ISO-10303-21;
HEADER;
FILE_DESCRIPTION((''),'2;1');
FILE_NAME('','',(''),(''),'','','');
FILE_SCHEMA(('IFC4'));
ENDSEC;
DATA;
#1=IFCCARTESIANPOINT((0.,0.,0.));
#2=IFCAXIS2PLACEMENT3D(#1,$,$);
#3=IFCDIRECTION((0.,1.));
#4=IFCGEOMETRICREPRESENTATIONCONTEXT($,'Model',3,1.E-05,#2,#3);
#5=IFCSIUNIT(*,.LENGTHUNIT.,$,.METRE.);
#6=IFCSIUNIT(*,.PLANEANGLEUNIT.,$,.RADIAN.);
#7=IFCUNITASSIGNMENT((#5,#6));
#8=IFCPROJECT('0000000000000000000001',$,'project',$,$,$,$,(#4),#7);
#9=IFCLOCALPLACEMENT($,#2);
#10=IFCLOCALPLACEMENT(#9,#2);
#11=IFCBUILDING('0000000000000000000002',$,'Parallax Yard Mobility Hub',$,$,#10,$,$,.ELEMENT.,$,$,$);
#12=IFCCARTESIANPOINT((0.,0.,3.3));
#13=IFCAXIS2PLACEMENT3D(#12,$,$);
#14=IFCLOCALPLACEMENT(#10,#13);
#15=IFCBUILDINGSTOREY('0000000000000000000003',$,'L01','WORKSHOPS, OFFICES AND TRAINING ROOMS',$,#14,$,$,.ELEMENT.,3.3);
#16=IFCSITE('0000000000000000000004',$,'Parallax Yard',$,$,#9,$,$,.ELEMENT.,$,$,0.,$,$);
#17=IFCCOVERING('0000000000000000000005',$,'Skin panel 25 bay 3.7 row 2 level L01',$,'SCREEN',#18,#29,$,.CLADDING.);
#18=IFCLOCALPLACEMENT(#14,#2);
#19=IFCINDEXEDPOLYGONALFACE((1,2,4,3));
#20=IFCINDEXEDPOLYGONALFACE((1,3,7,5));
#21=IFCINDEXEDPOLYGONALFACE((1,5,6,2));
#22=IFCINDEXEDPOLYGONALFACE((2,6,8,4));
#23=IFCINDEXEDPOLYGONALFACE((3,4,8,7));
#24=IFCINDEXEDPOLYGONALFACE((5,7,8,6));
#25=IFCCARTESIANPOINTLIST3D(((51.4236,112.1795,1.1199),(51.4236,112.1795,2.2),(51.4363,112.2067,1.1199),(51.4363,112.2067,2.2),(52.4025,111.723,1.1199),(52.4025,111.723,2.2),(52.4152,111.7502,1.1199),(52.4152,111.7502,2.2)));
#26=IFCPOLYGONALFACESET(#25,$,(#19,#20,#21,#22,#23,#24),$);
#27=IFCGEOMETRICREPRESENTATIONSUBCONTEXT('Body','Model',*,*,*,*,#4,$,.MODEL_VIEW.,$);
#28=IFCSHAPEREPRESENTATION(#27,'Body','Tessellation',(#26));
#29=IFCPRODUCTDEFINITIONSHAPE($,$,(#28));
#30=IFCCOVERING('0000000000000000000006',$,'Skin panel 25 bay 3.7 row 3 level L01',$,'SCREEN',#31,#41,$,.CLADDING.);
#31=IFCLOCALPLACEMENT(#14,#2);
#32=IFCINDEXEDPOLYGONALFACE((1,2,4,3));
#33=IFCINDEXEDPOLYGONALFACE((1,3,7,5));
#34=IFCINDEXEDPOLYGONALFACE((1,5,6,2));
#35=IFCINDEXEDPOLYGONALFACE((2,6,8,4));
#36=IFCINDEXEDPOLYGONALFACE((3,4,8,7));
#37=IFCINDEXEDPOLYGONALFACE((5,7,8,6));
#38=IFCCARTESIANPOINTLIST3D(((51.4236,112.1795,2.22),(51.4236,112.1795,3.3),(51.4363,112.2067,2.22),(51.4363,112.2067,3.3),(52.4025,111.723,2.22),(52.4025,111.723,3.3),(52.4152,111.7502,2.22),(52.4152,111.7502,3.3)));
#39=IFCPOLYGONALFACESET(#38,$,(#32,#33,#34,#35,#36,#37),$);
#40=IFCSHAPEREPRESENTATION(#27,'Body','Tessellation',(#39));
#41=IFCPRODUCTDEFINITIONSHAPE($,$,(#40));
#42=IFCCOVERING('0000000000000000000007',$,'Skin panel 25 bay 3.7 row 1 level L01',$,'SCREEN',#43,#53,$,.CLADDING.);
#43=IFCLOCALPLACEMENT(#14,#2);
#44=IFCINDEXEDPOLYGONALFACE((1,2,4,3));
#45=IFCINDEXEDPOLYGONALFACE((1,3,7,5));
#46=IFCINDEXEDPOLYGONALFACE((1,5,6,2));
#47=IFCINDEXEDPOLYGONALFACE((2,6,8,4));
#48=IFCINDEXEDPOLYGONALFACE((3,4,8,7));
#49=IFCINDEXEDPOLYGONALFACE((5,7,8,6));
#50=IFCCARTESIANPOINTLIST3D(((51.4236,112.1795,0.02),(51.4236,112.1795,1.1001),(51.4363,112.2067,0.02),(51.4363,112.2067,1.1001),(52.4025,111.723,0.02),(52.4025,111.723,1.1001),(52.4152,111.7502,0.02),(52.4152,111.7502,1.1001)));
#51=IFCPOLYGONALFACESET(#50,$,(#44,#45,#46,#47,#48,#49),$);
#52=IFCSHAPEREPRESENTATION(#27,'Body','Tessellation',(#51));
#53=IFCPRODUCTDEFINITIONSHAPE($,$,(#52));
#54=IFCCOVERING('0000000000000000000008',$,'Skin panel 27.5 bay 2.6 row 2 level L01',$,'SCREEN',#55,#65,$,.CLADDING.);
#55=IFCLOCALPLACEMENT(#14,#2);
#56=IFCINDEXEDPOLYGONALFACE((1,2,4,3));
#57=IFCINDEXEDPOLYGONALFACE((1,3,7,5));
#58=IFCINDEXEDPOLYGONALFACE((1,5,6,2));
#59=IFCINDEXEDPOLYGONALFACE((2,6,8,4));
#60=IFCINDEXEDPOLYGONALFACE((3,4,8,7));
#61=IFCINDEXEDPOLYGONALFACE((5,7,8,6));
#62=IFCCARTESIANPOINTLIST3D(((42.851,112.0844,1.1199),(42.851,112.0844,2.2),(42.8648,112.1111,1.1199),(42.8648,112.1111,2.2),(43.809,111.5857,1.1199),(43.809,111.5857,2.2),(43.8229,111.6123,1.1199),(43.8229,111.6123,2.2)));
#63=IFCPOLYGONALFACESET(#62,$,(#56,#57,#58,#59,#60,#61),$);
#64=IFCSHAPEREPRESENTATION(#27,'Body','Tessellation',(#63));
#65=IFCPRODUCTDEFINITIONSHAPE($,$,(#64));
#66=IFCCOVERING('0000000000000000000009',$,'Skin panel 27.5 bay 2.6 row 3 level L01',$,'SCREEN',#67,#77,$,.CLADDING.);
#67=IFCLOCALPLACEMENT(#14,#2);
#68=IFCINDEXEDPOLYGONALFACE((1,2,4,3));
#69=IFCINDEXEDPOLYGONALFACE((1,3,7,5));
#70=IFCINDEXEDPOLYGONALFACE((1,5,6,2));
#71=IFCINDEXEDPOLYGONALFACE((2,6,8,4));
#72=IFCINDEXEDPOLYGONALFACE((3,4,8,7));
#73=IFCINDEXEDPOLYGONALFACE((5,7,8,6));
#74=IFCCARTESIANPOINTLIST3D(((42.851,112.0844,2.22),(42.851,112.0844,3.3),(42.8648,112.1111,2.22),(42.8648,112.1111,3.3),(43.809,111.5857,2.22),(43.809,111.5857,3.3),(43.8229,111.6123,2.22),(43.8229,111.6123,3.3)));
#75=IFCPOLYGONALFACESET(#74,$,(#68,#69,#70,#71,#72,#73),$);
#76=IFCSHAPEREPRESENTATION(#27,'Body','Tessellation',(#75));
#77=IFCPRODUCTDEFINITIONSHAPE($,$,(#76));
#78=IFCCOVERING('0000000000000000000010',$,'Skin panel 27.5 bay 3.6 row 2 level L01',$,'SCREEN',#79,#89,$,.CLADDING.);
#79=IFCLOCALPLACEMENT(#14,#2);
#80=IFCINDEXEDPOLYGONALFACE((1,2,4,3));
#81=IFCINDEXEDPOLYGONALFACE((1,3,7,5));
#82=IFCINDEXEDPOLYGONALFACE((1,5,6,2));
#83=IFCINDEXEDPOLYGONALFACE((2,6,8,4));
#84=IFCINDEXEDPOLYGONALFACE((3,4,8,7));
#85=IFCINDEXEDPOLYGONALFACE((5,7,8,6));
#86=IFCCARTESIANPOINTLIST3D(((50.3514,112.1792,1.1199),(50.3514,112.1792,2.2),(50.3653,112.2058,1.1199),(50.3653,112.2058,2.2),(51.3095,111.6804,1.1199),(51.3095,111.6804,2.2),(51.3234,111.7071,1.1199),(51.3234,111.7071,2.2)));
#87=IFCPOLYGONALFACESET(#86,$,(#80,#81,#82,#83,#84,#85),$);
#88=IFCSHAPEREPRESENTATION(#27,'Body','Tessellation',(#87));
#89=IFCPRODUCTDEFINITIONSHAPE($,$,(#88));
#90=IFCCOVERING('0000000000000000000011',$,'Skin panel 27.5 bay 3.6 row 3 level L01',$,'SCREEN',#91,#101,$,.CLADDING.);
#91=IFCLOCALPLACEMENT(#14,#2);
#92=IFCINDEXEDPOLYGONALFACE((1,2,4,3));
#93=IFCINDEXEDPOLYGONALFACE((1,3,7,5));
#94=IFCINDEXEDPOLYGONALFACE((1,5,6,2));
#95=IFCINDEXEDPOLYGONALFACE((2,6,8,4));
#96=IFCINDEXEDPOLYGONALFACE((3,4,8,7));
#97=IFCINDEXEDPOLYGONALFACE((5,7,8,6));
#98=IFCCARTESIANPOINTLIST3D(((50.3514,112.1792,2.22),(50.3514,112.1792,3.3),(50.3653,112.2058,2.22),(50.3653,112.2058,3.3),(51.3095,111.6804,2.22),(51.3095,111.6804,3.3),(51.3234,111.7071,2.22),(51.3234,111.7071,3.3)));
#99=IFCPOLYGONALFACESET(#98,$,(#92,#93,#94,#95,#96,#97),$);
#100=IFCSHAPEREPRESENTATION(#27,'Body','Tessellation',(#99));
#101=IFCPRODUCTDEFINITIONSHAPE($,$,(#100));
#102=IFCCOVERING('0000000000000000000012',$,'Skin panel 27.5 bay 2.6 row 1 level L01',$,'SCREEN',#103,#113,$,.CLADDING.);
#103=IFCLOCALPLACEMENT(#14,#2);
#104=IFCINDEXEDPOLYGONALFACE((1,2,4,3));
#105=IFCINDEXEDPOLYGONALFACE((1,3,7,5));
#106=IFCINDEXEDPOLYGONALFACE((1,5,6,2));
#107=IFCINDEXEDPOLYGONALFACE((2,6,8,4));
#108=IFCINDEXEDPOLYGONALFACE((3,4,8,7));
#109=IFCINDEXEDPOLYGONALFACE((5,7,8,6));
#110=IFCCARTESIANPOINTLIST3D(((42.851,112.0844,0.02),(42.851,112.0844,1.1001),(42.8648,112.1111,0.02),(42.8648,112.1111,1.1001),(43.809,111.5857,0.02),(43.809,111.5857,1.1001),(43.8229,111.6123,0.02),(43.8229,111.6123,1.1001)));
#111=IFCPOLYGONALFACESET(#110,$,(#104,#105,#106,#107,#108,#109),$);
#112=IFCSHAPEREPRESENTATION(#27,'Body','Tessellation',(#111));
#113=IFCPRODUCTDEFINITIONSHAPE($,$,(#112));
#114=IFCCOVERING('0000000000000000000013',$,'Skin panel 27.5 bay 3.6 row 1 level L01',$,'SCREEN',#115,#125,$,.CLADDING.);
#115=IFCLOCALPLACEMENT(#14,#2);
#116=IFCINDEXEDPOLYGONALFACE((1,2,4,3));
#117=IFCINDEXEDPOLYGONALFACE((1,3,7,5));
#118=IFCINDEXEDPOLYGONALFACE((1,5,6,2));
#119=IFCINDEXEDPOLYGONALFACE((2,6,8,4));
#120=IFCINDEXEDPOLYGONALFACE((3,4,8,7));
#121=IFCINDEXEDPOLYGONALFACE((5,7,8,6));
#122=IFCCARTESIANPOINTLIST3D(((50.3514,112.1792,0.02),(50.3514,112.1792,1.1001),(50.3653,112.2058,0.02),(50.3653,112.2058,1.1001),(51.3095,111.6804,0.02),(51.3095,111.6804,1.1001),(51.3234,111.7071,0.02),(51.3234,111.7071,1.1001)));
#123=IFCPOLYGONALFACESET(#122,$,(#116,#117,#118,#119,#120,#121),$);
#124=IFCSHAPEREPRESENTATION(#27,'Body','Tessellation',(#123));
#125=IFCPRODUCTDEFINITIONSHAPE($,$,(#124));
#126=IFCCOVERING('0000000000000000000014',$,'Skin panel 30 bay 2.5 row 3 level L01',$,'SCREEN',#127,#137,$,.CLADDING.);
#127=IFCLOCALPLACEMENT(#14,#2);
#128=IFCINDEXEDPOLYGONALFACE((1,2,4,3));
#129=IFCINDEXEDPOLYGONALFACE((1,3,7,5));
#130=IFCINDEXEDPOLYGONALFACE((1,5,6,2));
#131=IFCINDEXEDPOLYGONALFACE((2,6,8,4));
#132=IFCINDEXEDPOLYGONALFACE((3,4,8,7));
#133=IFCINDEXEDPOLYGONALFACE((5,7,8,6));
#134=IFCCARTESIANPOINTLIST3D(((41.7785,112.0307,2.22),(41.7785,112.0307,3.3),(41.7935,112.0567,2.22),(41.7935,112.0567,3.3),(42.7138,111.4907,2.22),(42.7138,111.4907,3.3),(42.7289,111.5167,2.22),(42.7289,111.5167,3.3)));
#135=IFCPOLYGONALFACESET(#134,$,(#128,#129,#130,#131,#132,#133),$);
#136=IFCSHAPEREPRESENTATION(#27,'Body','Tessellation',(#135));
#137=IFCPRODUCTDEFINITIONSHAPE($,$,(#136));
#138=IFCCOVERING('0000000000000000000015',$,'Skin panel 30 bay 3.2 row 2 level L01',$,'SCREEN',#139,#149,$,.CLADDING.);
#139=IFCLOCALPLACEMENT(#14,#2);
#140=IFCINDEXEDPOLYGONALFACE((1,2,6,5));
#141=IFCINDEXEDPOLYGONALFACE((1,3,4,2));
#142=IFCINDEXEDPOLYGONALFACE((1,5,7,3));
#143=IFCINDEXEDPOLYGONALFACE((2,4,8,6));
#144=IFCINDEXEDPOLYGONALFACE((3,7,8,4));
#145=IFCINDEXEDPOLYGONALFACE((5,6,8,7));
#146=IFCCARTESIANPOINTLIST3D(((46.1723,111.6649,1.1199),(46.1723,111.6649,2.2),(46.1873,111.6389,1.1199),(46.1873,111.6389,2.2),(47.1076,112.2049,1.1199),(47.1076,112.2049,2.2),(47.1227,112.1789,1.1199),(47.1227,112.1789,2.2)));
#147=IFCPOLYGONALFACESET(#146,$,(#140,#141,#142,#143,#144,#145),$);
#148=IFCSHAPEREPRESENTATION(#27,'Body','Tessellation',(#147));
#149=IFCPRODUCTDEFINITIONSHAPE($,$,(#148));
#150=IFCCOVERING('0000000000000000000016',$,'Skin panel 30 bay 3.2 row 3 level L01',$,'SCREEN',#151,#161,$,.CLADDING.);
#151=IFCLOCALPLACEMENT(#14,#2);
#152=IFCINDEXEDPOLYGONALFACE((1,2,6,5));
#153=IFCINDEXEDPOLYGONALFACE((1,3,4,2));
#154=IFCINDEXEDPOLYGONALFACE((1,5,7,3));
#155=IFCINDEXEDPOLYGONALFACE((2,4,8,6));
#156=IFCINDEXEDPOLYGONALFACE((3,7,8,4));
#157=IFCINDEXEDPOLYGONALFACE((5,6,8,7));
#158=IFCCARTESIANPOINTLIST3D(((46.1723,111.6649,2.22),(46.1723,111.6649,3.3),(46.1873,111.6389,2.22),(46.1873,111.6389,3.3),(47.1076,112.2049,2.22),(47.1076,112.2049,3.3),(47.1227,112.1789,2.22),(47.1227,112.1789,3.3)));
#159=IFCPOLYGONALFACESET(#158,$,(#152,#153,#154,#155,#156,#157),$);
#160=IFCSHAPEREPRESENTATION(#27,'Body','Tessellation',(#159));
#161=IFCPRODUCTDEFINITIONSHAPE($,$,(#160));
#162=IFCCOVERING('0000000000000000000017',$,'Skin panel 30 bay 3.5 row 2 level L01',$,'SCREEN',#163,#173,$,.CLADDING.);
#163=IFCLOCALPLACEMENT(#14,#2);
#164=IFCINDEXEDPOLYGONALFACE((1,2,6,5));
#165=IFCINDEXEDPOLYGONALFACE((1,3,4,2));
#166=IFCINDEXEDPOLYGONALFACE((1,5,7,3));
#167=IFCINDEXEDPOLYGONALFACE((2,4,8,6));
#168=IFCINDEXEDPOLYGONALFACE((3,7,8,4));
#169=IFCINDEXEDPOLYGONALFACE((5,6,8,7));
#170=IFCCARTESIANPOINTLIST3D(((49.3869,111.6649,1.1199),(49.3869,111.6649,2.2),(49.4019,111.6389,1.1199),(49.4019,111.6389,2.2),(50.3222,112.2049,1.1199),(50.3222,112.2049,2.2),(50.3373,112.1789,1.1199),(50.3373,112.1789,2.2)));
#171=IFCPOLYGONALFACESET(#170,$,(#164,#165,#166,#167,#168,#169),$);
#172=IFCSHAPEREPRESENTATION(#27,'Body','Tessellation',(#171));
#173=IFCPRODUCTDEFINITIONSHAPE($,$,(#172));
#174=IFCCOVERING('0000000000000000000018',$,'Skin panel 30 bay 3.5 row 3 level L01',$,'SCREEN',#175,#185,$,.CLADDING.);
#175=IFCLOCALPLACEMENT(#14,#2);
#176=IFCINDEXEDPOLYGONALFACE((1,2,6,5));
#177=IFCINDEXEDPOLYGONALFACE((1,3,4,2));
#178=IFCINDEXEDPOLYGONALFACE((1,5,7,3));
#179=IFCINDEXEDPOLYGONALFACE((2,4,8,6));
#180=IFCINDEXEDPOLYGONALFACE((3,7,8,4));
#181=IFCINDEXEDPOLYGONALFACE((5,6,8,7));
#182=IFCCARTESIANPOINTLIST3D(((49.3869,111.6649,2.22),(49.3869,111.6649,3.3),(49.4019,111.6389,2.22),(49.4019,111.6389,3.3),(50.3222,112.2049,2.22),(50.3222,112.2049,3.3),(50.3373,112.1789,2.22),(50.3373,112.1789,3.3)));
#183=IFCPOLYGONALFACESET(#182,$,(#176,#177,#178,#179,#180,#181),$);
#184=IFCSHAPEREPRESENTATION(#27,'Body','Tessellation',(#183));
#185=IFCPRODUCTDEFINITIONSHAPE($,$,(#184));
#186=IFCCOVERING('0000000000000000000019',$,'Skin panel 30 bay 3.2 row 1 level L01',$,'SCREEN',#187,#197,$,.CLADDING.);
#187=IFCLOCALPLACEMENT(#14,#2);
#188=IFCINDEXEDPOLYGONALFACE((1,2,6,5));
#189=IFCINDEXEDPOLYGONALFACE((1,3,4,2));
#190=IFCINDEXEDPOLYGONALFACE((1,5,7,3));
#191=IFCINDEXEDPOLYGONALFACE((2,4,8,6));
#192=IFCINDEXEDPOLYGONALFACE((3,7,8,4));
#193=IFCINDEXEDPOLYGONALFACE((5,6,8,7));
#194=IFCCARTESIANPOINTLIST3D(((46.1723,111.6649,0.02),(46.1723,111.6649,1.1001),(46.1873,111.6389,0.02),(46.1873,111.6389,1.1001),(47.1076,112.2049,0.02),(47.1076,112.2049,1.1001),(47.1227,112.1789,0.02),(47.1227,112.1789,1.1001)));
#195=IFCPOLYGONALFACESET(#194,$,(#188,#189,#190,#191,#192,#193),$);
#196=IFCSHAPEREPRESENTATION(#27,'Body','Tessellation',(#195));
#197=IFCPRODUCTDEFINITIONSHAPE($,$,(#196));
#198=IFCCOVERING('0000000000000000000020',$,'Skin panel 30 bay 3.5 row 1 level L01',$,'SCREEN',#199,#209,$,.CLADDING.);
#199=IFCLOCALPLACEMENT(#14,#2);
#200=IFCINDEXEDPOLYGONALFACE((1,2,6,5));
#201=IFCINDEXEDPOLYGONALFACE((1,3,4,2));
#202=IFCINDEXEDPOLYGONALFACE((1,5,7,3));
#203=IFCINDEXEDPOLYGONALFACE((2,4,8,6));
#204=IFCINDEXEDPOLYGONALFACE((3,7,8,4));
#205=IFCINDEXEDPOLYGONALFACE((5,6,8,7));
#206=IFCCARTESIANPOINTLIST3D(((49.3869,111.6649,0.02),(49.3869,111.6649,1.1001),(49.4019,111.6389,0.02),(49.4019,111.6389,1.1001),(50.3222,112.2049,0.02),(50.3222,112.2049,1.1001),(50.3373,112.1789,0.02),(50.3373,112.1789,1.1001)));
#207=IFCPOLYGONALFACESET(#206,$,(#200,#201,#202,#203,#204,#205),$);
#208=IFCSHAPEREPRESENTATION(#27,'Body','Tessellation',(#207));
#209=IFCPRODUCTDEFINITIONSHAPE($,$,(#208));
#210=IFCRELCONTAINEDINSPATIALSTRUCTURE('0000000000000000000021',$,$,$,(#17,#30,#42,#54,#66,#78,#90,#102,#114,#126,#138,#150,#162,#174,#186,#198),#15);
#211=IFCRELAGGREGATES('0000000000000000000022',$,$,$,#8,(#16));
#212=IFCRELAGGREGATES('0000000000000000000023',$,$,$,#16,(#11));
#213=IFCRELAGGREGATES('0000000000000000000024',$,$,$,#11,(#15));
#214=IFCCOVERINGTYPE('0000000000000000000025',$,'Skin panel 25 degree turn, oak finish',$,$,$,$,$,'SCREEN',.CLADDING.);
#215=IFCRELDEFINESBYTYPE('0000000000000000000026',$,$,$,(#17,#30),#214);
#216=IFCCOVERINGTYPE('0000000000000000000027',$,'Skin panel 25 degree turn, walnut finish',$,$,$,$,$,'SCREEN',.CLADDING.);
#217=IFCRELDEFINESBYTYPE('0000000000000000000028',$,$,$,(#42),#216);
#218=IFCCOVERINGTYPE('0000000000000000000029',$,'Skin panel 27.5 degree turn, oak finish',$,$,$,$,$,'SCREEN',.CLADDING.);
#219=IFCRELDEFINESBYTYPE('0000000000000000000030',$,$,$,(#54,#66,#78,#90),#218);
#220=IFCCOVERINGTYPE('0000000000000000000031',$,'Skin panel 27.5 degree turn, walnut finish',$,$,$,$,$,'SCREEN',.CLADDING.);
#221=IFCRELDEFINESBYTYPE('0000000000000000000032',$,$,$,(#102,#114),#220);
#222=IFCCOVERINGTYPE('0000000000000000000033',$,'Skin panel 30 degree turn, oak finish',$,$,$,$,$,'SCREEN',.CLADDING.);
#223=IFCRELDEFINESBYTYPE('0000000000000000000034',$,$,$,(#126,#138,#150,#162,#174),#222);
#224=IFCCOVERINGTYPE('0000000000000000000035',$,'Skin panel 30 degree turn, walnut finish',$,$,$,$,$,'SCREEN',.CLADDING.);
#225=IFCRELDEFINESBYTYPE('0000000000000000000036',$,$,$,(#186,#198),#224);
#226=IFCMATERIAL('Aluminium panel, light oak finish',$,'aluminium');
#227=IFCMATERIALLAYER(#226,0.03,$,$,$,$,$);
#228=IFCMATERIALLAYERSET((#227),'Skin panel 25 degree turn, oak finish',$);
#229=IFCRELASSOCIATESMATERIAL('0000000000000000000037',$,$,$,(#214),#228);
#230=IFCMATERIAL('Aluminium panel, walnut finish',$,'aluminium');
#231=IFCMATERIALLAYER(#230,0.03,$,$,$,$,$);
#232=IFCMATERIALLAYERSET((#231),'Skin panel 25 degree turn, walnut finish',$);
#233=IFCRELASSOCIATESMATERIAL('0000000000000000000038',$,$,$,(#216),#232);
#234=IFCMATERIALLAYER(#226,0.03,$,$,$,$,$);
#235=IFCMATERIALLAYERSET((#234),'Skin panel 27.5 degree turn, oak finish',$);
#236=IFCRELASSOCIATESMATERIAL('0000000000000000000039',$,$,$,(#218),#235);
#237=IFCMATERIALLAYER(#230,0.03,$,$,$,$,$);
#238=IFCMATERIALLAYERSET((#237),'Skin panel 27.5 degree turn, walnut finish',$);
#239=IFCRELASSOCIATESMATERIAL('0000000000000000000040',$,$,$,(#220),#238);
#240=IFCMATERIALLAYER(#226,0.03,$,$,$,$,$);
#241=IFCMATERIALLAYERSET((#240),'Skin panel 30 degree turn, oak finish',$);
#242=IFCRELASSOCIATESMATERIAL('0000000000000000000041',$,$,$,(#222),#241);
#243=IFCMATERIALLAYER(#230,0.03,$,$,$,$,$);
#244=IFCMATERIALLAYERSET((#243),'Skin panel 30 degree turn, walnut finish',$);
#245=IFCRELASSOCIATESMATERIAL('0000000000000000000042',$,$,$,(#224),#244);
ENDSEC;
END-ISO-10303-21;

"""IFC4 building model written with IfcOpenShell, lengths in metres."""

from ifc_helpers import new_model, si_unit, direction, frame, origin, origin_2d, place, context, subcontext, project, spatial, rectangle, extrude, material, layer, layer_set, type_object, element, save


model = new_model("IFC4")

# Units and contexts
model_context = context("Model", 3, precision=1e-05, world=origin(), true_north=direction((0.0, 1.0)))
body_context = subcontext(model_context, "Body", "Model", "MODEL_VIEW")
ifc_project = project(units=[si_unit("LENGTHUNIT", "METRE"), si_unit("PLANEANGLEUNIT", "RADIAN")], contexts=[model_context])

# Site, building, storey
site_placement = place(None, origin())
site = spatial("IfcSite", under=ifc_project, at=site_placement, Name="Parallax Yard", CompositionType="ELEMENT", RefElevation=0.0)
building_placement = place(site_placement, origin())
building = spatial("IfcBuilding", under=site, at=building_placement, Name="Parallax Yard Mobility Hub", CompositionType="ELEMENT")
storey_placement = place(building_placement, frame((0.0, 0.0, 3.3)))
storey = spatial("IfcBuildingStorey", under=building, at=storey_placement, Name="L01", Description="WORKSHOPS, OFFICES AND TRAINING ROOMS", CompositionType="ELEMENT", Elevation=3.3)

# Coverings
ifc_material_1 = material(Name="Aluminium panel, light oak finish", Category="aluminium")
ifc_layer_1 = layer(ifc_material_1, 0.03)
ifc_layer_set_1 = layer_set([ifc_layer_1], Name="Skin panel 25 degree turn, oak finish")
covering_type_1 = type_object("IfcCoveringType", Name="Skin panel 25 degree turn, oak finish", ElementType="SCREEN", PredefinedType="CLADDING", material=ifc_layer_set_1)
for number, where, z_axis, x_axis, name in (
    (1, (51.9194, 111.9648, 1.1199), (0.0, 0.0, 1.0), (0.906308, -0.422618, 0.0), "Skin panel 25 bay 3.7 row 2 level L01"),
    (2, (51.9194, 111.9648, 2.22), (0.0, 0.0, 1.0), (0.906308, -0.422618, 0.0), "Skin panel 25 bay 3.7 row 3 level L01"),
):
    element("IfcCovering", number, at=place(storey_placement, frame(where, z_axis=z_axis, x_axis=x_axis)), inside=storey, type_object=covering_type_1, Name=name, ObjectType="SCREEN", PredefinedType="CLADDING", context=body_context, shape_type="SweptSolid", body=[
        extrude(rectangle(XDim=1.0801, YDim=0.03, at=origin_2d()), origin(), (0.0, 0.0, 1.0), 1.0801),
    ])
ifc_material_2 = material(Name="Aluminium panel, walnut finish", Category="aluminium")
ifc_layer_2 = layer(ifc_material_2, 0.03)
ifc_layer_set_2 = layer_set([ifc_layer_2], Name="Skin panel 25 degree turn, walnut finish")
covering_type_2 = type_object("IfcCoveringType", Name="Skin panel 25 degree turn, walnut finish", ElementType="SCREEN", PredefinedType="CLADDING", material=ifc_layer_set_2)
covering_1_placement = place(storey_placement, frame((51.9194, 111.9648, 0.02), z_axis=(0.0, 0.0, 1.0), x_axis=(0.906308, -0.422618, 0.0)))
element("IfcCovering", 3, at=covering_1_placement, inside=storey, type_object=covering_type_2, Name="Skin panel 25 bay 3.7 row 1 level L01", ObjectType="SCREEN", PredefinedType="CLADDING", context=body_context, shape_type="SweptSolid", body=[
    extrude(rectangle(XDim=1.0801, YDim=0.03, at=origin_2d()), origin(), (0.0, 0.0, 1.0), 1.0801),
])
ifc_layer_3 = layer(ifc_material_1, 0.03)
ifc_layer_set_3 = layer_set([ifc_layer_3], Name="Skin panel 27.5 degree turn, oak finish")
covering_type_3 = type_object("IfcCoveringType", Name="Skin panel 27.5 degree turn, oak finish", ElementType="SCREEN", PredefinedType="CLADDING", material=ifc_layer_set_3)
for number, where, z_axis, x_axis, name in (
    (4, (43.3369, 111.8484, 1.1199), (0.0, 0.0, 1.0), (0.887011, -0.461749, 0.0), "Skin panel 27.5 bay 2.6 row 2 level L01"),
    (5, (43.3369, 111.8484, 2.22), (0.0, 0.0, 1.0), (0.887011, -0.461749, 0.0), "Skin panel 27.5 bay 2.6 row 3 level L01"),
    (6, (50.8374, 111.9431, 1.1199), (0.0, 0.0, 1.0), (0.887011, -0.461749, 0.0), "Skin panel 27.5 bay 3.6 row 2 level L01"),
    (7, (50.8374, 111.9431, 2.22), (0.0, 0.0, 1.0), (0.887011, -0.461749, 0.0), "Skin panel 27.5 bay 3.6 row 3 level L01"),
):
    element("IfcCovering", number, at=place(storey_placement, frame(where, z_axis=z_axis, x_axis=x_axis)), inside=storey, type_object=covering_type_3, Name=name, ObjectType="SCREEN", PredefinedType="CLADDING", context=body_context, shape_type="SweptSolid", body=[
        extrude(rectangle(XDim=1.0801, YDim=0.03, at=origin_2d()), origin(), (0.0, 0.0, 1.0), 1.0801),
    ])
ifc_layer_4 = layer(ifc_material_2, 0.03)
ifc_layer_set_4 = layer_set([ifc_layer_4], Name="Skin panel 27.5 degree turn, walnut finish")
covering_type_4 = type_object("IfcCoveringType", Name="Skin panel 27.5 degree turn, walnut finish", ElementType="SCREEN", PredefinedType="CLADDING", material=ifc_layer_set_4)
for number, where, z_axis, x_axis, name in (
    (8, (43.3369, 111.8484, 0.02), (0.0, 0.0, 1.0), (0.887011, -0.461749, 0.0), "Skin panel 27.5 bay 2.6 row 1 level L01"),
    (9, (50.8374, 111.9431, 0.02), (0.0, 0.0, 1.0), (0.887011, -0.461749, 0.0), "Skin panel 27.5 bay 3.6 row 1 level L01"),
):
    element("IfcCovering", number, at=place(storey_placement, frame(where, z_axis=z_axis, x_axis=x_axis)), inside=storey, type_object=covering_type_4, Name=name, ObjectType="SCREEN", PredefinedType="CLADDING", context=body_context, shape_type="SweptSolid", body=[
        extrude(rectangle(XDim=1.0801, YDim=0.03, at=origin_2d()), origin(), (0.0, 0.0, 1.0), 1.0801),
    ])
ifc_layer_5 = layer(ifc_material_1, 0.03)
ifc_layer_set_5 = layer_set([ifc_layer_5], Name="Skin panel 30 degree turn, oak finish")
covering_type_5 = type_object("IfcCoveringType", Name="Skin panel 30 degree turn, oak finish", ElementType="SCREEN", PredefinedType="CLADDING", material=ifc_layer_set_5)
for number, where, z_axis, x_axis, name in (
    (10, (42.2537, 111.7737, 2.22), (0.0, 0.0, 1.0), (0.866025, -0.5, 0.0), "Skin panel 30 bay 2.5 row 3 level L01"),
    (11, (46.6475, 111.9219, 1.1199), (0.0, 0.0, 1.0), (-0.866025, -0.5, 0.0), "Skin panel 30 bay 3.2 row 2 level L01"),
    (12, (46.6475, 111.9219, 2.22), (0.0, 0.0, 1.0), (-0.866025, -0.5, 0.0), "Skin panel 30 bay 3.2 row 3 level L01"),
    (13, (49.8621, 111.9219, 1.1199), (0.0, 0.0, 1.0), (-0.866025, -0.5, 0.0), "Skin panel 30 bay 3.5 row 2 level L01"),
    (14, (49.8621, 111.9219, 2.22), (0.0, 0.0, 1.0), (-0.866025, -0.5, 0.0), "Skin panel 30 bay 3.5 row 3 level L01"),
):
    element("IfcCovering", number, at=place(storey_placement, frame(where, z_axis=z_axis, x_axis=x_axis)), inside=storey, type_object=covering_type_5, Name=name, ObjectType="SCREEN", PredefinedType="CLADDING", context=body_context, shape_type="SweptSolid", body=[
        extrude(rectangle(XDim=1.0801, YDim=0.03, at=origin_2d()), origin(), (0.0, 0.0, 1.0), 1.0801),
    ])
ifc_layer_6 = layer(ifc_material_2, 0.03)
ifc_layer_set_6 = layer_set([ifc_layer_6], Name="Skin panel 30 degree turn, walnut finish")
covering_type_6 = type_object("IfcCoveringType", Name="Skin panel 30 degree turn, walnut finish", ElementType="SCREEN", PredefinedType="CLADDING", material=ifc_layer_set_6)
for number, where, z_axis, x_axis, name in (
    (15, (46.6475, 111.9219, 0.02), (0.0, 0.0, 1.0), (-0.866025, -0.5, 0.0), "Skin panel 30 bay 3.2 row 1 level L01"),
    (16, (49.8621, 111.9219, 0.02), (0.0, 0.0, 1.0), (-0.866025, -0.5, 0.0), "Skin panel 30 bay 3.5 row 1 level L01"),
):
    element("IfcCovering", number, at=place(storey_placement, frame(where, z_axis=z_axis, x_axis=x_axis)), inside=storey, type_object=covering_type_6, Name=name, ObjectType="SCREEN", PredefinedType="CLADDING", context=body_context, shape_type="SweptSolid", body=[
        extrude(rectangle(XDim=1.0801, YDim=0.03, at=origin_2d()), origin(), (0.0, 0.0, 1.0), 1.0801),
    ])

save(model, "model.ifc")
